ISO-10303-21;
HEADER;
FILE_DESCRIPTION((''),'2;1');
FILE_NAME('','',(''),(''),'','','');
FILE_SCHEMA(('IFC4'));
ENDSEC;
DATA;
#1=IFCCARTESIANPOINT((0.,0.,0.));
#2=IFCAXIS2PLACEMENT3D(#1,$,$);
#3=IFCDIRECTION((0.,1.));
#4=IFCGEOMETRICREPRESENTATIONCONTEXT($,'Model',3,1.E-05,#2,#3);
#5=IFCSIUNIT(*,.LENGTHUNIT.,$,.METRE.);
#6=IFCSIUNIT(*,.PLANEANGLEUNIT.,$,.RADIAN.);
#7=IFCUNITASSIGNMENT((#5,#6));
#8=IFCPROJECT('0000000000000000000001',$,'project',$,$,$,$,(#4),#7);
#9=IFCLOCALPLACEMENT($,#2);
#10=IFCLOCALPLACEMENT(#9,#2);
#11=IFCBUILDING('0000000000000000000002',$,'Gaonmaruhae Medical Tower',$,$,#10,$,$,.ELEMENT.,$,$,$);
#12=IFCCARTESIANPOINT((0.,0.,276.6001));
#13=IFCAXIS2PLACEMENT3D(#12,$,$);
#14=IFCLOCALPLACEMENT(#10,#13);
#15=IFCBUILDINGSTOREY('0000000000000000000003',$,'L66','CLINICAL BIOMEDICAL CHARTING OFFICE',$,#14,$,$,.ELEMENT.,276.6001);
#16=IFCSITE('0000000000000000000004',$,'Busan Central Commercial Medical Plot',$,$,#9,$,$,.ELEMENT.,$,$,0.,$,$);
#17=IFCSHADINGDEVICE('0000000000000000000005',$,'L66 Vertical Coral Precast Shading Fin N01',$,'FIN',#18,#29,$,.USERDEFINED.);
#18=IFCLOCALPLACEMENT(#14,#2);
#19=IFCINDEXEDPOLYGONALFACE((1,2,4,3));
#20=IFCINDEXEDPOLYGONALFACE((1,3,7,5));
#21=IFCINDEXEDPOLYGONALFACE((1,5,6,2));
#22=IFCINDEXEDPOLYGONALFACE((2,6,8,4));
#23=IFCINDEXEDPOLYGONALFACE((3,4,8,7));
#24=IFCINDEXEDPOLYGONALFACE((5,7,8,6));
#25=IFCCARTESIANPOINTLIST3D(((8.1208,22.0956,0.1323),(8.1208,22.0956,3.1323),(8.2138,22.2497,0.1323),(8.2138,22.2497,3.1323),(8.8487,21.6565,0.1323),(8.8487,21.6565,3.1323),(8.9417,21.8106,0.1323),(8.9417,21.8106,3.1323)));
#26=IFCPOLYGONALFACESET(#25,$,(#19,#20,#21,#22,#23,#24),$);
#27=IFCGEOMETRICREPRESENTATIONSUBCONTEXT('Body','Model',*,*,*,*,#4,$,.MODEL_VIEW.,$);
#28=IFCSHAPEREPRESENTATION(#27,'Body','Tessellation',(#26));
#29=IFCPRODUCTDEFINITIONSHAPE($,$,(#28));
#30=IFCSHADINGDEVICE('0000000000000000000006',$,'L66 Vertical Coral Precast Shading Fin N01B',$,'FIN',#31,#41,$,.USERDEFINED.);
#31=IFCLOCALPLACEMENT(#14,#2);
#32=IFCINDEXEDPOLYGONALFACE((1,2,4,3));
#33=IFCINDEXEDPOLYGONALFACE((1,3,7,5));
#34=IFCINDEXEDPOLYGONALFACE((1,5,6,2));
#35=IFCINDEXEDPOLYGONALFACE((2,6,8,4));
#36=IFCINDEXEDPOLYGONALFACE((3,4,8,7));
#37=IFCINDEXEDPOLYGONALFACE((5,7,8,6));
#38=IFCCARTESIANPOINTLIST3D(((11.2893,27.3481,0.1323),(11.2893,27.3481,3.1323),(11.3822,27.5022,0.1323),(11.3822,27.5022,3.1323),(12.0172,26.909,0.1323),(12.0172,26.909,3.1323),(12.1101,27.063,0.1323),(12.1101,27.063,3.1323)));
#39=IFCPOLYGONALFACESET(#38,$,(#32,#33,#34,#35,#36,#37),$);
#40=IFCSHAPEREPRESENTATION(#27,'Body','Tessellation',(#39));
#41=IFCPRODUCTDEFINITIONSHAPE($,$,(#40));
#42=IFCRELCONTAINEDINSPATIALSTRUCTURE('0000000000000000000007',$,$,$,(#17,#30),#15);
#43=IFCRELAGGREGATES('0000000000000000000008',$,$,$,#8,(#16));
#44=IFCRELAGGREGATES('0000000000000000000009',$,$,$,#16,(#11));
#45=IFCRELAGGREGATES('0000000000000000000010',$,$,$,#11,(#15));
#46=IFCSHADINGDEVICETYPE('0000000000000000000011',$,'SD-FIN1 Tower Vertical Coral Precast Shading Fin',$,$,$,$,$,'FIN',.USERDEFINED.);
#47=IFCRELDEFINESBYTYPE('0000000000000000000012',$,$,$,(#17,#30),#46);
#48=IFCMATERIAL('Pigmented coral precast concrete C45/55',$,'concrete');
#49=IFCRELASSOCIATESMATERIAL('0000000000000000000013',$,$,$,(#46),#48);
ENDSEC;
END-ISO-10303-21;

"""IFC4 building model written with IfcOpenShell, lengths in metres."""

from ifc_helpers import new_model, si_unit, direction, frame, origin, origin_2d, place, context, subcontext, project, spatial, rectangle, extrude, material, type_object, element, save


model = new_model("IFC4")

# Units and contexts
model_context = context("Model", 3, precision=1e-05, world=origin(), true_north=direction((0.0, 1.0)))
body_context = subcontext(model_context, "Body", "Model", "MODEL_VIEW")
ifc_project = project(units=[si_unit("LENGTHUNIT", "METRE"), si_unit("PLANEANGLEUNIT", "RADIAN")], contexts=[model_context])

# Site, building, storey
site_placement = place(None, origin())
site = spatial("IfcSite", under=ifc_project, at=site_placement, Name="Busan Central Commercial Medical Plot", CompositionType="ELEMENT", RefElevation=0.0)
building_placement = place(site_placement, origin())
building = spatial("IfcBuilding", under=site, at=building_placement, Name="Gaonmaruhae Medical Tower", CompositionType="ELEMENT")
storey_placement = place(building_placement, frame((0.0, 0.0, 276.6001)))
storey = spatial("IfcBuildingStorey", under=building, at=storey_placement, Name="L66", Description="CLINICAL BIOMEDICAL CHARTING OFFICE", CompositionType="ELEMENT", Elevation=276.6001)

# Shading devices
ifc_material_1 = material(Name="Pigmented coral precast concrete C45/55", Category="concrete")
shading_device_type = type_object("IfcShadingDeviceType", Name="SD-FIN1 Tower Vertical Coral Precast Shading Fin", ElementType="FIN", PredefinedType="USERDEFINED", material=ifc_material_1)
for number, where, z_axis, x_axis, name in (
    (1, (8.5312, 21.9531, 0.1323), (0.0, 0.0, 1.0), (0.516533, 0.856267, 0.0), "L66 Vertical Coral Precast Shading Fin N01"),
    (2, (11.6997, 27.2056, 0.1323), (0.0, 0.0, 1.0), (0.516533, 0.856267, 0.0), "L66 Vertical Coral Precast Shading Fin N01B"),
):
    element("IfcShadingDevice", number, at=place(storey_placement, frame(where, z_axis=z_axis, x_axis=x_axis)), inside=storey, type_object=shading_device_type, Name=name, ObjectType="FIN", PredefinedType="USERDEFINED", context=body_context, shape_type="SweptSolid", body=[
        extrude(rectangle(XDim=0.1799, YDim=0.8501, at=origin_2d()), origin(), (0.0, 0.0, 1.0), 3.0),
    ])

save(model, "model.ifc")
